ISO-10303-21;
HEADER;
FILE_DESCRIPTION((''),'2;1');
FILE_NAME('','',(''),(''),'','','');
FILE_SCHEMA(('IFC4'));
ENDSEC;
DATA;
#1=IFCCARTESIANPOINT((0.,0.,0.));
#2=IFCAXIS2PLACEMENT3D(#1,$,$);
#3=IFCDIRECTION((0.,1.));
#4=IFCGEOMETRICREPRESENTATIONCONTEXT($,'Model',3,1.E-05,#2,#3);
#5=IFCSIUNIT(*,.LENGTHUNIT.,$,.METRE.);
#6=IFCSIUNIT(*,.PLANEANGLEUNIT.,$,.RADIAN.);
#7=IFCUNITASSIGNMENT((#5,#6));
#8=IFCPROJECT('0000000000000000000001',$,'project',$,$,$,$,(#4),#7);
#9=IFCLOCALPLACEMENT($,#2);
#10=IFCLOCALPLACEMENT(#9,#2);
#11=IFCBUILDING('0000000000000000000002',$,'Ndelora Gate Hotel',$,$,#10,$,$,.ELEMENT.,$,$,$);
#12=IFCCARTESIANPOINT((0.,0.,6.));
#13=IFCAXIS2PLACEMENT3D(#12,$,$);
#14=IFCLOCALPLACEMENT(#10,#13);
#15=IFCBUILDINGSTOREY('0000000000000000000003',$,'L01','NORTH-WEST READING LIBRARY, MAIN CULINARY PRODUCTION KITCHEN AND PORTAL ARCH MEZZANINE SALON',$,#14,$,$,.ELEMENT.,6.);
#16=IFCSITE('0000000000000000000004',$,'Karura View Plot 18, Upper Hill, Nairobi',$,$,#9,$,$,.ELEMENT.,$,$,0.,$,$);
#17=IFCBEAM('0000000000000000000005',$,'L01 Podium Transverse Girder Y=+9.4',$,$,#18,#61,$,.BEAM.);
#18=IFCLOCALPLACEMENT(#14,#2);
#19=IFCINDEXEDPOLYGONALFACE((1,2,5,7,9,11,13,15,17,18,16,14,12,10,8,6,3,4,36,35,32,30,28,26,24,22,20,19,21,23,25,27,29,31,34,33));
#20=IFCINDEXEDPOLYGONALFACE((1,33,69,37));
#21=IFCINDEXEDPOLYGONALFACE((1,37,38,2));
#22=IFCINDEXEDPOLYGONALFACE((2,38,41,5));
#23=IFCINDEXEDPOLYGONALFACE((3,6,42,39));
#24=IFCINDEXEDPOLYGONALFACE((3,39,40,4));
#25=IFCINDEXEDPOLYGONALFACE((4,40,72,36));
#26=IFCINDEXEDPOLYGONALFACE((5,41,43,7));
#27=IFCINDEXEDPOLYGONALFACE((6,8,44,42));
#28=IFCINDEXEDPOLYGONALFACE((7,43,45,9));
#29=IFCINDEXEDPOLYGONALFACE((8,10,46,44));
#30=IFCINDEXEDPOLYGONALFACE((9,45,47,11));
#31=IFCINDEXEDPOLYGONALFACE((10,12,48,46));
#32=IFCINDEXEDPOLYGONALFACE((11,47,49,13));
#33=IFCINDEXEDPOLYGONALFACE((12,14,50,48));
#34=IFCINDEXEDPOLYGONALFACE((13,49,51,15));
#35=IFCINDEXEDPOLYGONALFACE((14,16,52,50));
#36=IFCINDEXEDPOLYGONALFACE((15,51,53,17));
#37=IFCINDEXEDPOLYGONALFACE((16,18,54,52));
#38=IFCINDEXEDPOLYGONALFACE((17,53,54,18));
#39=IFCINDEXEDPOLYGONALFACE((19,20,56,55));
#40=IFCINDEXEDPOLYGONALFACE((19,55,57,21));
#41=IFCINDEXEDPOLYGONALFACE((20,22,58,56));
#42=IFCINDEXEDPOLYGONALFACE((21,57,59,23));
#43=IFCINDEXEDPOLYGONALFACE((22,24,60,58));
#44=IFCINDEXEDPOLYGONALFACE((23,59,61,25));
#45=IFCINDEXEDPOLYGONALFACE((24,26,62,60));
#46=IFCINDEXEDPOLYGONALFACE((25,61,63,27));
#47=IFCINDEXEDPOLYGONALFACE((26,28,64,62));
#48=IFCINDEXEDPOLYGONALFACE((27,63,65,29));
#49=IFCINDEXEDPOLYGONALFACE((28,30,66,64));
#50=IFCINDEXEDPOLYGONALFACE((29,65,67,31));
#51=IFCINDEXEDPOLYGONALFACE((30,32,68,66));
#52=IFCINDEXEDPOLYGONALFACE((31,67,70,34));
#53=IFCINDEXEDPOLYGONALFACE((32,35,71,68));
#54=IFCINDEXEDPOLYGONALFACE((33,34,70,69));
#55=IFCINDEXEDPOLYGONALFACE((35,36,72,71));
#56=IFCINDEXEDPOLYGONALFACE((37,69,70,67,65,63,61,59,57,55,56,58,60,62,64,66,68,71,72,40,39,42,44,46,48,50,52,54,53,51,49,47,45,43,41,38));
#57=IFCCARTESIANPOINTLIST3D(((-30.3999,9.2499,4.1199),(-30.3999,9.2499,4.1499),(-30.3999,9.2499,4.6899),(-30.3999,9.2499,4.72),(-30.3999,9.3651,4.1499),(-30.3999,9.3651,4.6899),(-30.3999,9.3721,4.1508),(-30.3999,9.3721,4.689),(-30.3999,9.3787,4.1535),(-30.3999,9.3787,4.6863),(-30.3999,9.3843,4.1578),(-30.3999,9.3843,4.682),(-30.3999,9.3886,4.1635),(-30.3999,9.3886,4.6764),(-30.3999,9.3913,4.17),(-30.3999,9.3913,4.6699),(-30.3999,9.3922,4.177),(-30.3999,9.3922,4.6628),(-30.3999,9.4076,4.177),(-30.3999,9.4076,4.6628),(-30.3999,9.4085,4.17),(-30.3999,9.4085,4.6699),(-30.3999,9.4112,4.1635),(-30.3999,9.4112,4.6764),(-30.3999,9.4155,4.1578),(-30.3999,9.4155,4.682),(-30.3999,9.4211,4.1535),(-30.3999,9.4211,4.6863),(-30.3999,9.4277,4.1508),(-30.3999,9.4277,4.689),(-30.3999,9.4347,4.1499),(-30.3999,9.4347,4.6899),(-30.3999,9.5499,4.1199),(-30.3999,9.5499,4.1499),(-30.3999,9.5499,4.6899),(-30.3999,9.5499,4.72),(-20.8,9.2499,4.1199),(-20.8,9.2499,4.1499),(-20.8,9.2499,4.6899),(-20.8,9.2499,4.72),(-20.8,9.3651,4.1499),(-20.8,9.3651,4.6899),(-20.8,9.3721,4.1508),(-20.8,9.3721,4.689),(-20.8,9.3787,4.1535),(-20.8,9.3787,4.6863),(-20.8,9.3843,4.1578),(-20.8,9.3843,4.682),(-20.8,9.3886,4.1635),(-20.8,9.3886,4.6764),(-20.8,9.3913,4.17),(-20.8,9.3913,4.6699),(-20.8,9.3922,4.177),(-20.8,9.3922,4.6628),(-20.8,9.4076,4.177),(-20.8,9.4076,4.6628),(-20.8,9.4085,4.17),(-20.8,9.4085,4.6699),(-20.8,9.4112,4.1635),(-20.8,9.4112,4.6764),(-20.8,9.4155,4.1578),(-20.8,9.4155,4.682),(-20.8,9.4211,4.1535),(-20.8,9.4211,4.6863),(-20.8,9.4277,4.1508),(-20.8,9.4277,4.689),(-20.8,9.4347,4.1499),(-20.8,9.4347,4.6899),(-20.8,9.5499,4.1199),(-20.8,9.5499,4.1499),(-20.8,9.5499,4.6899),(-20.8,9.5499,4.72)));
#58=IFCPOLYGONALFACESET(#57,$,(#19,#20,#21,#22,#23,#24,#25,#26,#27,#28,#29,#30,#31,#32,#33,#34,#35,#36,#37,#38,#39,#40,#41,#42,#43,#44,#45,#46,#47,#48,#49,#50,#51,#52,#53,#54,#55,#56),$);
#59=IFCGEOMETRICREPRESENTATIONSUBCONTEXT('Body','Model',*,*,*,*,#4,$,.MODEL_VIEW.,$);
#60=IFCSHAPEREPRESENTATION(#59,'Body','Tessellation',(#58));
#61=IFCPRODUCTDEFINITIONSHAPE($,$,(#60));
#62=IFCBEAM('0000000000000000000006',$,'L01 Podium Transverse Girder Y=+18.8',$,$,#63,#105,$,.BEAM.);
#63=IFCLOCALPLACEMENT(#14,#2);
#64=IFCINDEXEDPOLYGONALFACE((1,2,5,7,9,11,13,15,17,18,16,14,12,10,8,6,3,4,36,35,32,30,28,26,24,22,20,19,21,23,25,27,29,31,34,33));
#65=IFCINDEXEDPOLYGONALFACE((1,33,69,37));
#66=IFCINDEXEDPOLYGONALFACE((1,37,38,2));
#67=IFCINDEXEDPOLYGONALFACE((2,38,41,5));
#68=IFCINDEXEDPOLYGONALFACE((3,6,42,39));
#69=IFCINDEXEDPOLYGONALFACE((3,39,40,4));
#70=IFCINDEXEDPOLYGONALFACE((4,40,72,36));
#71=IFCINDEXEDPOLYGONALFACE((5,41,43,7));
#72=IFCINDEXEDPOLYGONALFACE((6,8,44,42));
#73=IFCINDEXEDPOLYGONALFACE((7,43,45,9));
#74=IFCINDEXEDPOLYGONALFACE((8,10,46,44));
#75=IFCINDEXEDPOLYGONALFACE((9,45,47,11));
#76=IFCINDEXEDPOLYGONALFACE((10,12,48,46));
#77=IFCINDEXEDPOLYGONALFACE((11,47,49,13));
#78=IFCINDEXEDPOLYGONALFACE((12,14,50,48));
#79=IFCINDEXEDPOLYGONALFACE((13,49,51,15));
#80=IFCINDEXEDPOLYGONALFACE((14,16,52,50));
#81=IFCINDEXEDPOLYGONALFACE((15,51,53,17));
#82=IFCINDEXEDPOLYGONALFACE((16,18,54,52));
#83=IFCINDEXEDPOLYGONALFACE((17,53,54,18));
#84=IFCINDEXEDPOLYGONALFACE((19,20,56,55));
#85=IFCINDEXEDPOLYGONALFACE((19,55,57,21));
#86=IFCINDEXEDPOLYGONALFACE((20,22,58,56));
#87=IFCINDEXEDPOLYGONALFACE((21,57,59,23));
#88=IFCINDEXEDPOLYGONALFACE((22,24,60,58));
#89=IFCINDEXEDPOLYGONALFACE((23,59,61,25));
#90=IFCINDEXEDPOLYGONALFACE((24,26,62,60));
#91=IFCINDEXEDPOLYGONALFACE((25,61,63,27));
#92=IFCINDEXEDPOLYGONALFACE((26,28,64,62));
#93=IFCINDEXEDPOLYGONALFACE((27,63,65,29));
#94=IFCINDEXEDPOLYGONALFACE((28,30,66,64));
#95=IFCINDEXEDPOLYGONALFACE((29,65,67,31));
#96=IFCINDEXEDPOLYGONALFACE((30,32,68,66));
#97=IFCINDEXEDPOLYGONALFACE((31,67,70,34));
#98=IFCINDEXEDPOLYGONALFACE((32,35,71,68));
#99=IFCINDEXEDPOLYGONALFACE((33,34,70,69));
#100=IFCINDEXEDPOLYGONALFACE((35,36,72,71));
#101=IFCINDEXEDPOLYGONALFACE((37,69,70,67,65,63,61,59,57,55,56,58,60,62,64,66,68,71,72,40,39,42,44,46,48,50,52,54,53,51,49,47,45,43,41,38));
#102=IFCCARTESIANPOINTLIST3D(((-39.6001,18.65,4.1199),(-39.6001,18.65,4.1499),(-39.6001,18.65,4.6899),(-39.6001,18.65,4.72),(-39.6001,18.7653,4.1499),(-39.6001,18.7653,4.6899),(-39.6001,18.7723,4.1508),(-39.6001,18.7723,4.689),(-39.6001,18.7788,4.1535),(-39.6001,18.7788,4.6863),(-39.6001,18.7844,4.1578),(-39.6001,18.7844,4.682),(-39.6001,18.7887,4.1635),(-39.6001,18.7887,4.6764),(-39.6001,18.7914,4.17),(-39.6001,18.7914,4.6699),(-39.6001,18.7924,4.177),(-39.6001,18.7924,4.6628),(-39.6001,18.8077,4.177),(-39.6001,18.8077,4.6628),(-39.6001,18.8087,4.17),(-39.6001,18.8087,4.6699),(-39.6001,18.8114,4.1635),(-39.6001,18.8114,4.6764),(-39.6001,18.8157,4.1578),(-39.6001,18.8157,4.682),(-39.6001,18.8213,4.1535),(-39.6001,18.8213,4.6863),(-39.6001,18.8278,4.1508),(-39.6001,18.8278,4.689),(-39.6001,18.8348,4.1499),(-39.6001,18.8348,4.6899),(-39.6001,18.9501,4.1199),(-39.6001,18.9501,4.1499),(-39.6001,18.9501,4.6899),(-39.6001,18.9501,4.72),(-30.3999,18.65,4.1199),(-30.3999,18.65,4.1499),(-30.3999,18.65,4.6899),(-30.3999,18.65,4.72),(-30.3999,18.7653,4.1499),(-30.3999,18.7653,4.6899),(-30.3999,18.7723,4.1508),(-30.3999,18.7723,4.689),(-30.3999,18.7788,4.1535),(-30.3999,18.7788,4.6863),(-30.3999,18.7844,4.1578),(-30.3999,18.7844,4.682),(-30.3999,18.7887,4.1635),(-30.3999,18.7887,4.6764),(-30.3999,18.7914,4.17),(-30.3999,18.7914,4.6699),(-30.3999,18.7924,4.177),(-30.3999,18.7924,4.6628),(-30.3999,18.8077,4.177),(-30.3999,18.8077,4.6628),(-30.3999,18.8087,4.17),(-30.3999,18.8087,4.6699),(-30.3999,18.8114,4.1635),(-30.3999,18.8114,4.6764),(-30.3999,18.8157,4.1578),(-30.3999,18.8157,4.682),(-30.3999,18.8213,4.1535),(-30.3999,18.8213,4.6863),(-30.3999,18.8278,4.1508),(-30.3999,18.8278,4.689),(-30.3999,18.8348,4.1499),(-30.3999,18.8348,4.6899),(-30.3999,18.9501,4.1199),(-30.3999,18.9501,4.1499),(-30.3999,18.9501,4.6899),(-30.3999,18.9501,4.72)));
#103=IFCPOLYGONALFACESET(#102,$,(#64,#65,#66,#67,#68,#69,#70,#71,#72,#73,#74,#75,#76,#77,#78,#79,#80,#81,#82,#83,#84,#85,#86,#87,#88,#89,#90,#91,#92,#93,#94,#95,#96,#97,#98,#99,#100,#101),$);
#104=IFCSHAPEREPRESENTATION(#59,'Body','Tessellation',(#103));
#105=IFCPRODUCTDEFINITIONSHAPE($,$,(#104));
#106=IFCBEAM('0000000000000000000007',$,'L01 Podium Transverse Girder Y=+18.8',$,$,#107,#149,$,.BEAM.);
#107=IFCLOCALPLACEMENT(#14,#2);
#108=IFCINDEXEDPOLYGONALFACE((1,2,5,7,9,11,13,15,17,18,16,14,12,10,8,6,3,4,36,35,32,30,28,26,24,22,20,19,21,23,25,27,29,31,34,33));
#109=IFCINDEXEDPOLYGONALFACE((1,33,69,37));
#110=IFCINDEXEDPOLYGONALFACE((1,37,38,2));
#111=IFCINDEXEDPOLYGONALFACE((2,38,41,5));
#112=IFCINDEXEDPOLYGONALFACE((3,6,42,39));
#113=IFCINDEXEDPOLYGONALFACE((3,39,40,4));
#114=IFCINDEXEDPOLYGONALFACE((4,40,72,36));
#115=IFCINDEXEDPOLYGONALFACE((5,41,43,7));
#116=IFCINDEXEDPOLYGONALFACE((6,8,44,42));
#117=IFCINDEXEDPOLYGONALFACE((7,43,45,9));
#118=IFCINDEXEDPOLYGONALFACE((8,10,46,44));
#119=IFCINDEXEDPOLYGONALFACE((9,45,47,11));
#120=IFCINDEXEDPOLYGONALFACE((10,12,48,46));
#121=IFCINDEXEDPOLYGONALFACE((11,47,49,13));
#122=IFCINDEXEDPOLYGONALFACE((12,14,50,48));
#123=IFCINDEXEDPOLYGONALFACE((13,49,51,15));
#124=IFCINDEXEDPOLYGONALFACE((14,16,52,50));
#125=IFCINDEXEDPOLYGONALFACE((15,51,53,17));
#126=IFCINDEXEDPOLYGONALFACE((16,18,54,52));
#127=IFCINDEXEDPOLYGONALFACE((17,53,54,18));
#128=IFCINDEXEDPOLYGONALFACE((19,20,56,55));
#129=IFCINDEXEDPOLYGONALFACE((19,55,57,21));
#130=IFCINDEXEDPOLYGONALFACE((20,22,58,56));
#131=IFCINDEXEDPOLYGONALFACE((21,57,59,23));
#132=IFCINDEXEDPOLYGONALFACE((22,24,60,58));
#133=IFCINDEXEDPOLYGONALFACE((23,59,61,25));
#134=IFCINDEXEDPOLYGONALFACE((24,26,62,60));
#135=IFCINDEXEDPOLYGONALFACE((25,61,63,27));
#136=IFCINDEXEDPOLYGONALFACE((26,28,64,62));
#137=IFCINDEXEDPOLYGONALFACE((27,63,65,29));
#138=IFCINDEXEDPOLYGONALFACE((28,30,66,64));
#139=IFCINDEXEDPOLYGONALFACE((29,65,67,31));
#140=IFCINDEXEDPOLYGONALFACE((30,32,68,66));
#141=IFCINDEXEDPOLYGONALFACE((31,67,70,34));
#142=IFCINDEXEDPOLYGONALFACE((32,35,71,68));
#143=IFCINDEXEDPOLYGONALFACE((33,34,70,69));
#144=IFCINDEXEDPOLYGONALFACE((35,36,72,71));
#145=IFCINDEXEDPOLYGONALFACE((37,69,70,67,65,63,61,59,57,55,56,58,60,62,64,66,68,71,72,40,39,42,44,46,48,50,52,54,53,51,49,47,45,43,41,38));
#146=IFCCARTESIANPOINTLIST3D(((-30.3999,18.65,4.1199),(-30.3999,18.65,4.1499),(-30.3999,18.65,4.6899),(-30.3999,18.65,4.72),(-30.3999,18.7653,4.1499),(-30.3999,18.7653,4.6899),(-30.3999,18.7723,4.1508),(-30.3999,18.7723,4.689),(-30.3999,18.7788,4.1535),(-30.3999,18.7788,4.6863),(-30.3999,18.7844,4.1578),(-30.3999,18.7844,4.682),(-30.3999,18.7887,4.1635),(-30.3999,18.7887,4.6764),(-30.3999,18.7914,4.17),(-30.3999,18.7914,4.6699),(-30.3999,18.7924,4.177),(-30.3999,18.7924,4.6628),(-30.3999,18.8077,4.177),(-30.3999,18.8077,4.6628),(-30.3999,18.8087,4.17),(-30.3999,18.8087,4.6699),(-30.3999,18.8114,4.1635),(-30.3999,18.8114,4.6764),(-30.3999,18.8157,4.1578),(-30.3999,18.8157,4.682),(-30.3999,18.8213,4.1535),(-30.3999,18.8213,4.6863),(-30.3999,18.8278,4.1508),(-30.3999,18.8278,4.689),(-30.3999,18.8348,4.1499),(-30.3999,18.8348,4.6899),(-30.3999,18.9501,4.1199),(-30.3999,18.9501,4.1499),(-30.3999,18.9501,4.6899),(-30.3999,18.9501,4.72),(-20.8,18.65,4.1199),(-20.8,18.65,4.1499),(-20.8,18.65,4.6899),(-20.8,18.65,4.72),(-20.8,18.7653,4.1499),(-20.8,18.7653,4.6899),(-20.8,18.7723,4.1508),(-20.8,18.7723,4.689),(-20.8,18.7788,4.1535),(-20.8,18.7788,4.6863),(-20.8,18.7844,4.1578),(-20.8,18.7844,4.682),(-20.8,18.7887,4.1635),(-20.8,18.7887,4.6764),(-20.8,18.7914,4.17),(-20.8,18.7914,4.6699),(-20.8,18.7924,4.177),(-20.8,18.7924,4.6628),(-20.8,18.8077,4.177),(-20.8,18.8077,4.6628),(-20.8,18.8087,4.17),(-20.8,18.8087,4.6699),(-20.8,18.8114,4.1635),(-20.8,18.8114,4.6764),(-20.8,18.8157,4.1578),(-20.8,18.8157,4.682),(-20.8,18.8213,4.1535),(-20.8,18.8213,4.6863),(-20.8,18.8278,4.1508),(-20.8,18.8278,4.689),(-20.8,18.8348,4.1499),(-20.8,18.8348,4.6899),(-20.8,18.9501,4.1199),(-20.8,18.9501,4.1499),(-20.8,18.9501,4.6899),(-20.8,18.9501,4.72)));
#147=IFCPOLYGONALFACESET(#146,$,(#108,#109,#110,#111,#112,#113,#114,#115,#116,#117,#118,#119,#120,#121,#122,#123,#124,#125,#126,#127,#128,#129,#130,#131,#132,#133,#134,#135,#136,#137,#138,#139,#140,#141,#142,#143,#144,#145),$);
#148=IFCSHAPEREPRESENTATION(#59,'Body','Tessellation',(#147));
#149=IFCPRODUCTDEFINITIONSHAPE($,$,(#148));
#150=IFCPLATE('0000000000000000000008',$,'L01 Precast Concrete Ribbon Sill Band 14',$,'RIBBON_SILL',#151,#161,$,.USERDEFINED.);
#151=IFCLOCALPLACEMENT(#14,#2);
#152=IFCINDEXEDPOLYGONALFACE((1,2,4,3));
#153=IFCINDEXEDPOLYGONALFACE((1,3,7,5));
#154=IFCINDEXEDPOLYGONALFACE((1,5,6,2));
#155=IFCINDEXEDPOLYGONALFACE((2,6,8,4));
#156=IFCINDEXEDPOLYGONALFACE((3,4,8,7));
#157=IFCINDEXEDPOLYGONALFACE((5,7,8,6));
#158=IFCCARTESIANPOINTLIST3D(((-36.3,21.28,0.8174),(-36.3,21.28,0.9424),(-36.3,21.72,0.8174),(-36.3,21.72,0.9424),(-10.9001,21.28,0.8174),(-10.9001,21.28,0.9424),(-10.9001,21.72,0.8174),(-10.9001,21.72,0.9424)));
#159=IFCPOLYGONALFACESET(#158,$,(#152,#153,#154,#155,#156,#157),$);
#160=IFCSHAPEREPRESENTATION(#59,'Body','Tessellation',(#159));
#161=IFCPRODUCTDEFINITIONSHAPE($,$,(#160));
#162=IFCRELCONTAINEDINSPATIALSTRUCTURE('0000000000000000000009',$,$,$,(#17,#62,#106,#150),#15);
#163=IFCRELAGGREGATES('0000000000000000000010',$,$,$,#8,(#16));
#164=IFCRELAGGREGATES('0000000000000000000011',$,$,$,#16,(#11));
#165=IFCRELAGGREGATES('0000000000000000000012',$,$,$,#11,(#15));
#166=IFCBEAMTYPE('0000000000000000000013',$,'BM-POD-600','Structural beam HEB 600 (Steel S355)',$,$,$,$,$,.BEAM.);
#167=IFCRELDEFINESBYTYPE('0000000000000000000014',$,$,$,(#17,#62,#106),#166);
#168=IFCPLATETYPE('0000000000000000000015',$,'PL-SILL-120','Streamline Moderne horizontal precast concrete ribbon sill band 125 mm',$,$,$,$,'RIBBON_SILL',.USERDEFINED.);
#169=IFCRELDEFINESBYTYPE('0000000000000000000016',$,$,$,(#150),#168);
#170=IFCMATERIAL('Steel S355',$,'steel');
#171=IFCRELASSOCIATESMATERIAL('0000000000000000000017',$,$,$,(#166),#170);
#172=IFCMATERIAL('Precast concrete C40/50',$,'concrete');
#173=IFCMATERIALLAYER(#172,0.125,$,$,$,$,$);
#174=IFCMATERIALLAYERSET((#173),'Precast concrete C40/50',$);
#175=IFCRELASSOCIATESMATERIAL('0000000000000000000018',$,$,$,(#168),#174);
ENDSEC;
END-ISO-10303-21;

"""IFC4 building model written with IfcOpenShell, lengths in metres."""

from ifc_helpers import new_model, si_unit, direction, frame, origin, origin_2d, place, context, subcontext, project, spatial, rectangle, i_section, extrude, material, layer, layer_set, material_profile, profile_set, type_object, element, save


model = new_model("IFC4")

# Units and contexts
model_context = context("Model", 3, precision=1e-05, world=origin(), true_north=direction((0.0, 1.0)))
body_context = subcontext(model_context, "Body", "Model", "MODEL_VIEW")
ifc_project = project(units=[si_unit("LENGTHUNIT", "METRE"), si_unit("PLANEANGLEUNIT", "RADIAN")], contexts=[model_context])

# Site, building, storey
site_placement = place(None, origin())
site = spatial("IfcSite", under=ifc_project, at=site_placement, Name="Karura View Plot 18, Upper Hill, Nairobi", CompositionType="ELEMENT", RefElevation=0.0)
building_placement = place(site_placement, origin())
building = spatial("IfcBuilding", under=site, at=building_placement, Name="Ndelora Gate Hotel", CompositionType="ELEMENT")
storey_placement = place(building_placement, frame((0.0, 0.0, 6.0)))
storey = spatial("IfcBuildingStorey", under=building, at=storey_placement, Name="L01", Description="NORTH-WEST READING LIBRARY, MAIN CULINARY PRODUCTION KITCHEN AND PORTAL ARCH MEZZANINE SALON", CompositionType="ELEMENT", Elevation=6.0)

# Beams
ifc_material_1 = material(Name="Steel S355", Category="steel")
ifc_material_profile_1 = material_profile(ifc_material_1, i_section(OverallWidth=0.3, OverallDepth=0.6001, WebThickness=0.0154, FlangeThickness=0.03, FilletRadius=0.0271, at=origin_2d()), Name="HEB 600")
ifc_profile_set_1 = profile_set([ifc_material_profile_1], Name="Steel S355")
beam_type_1 = type_object("IfcBeamType", Name="BM-POD-600", Description="Structural beam HEB 600 (Steel S355)", PredefinedType="BEAM", material=ifc_profile_set_1)
beam_1_placement = place(storey_placement, frame((-30.3999, 9.3999, 4.4199), z_axis=(1.0, 0.0, 0.0), x_axis=(0.0, 1.0, 0.0)))
element("IfcBeam", 1, at=beam_1_placement, inside=storey, type_object=beam_type_1, Name="L01 Podium Transverse Girder Y=+9.4", PredefinedType="BEAM", context=body_context, shape_type="SweptSolid", body=[
    extrude(i_section(OverallWidth=0.3, OverallDepth=0.6001, WebThickness=0.0154, FlangeThickness=0.03, FilletRadius=0.0271, at=origin_2d()), origin(), (0.0, 0.0, 1.0), 9.5999),
])
beam_2_placement = place(storey_placement, frame((-39.6001, 18.8, 4.4199), z_axis=(1.0, 0.0, 0.0), x_axis=(0.0, 1.0, 0.0)))
element("IfcBeam", 2, at=beam_2_placement, inside=storey, type_object=beam_type_1, Name="L01 Podium Transverse Girder Y=+18.8", PredefinedType="BEAM", context=body_context, shape_type="SweptSolid", body=[
    extrude(i_section(OverallWidth=0.3, OverallDepth=0.6001, WebThickness=0.0154, FlangeThickness=0.03, FilletRadius=0.0271, at=origin_2d()), origin(), (0.0, 0.0, 1.0), 9.2002),
])
beam_3_placement = place(storey_placement, frame((-30.3999, 18.8, 4.4199), z_axis=(1.0, 0.0, 0.0), x_axis=(0.0, 1.0, 0.0)))
element("IfcBeam", 3, at=beam_3_placement, inside=storey, type_object=beam_type_1, Name="L01 Podium Transverse Girder Y=+18.8", PredefinedType="BEAM", context=body_context, shape_type="SweptSolid", body=[
    extrude(i_section(OverallWidth=0.3, OverallDepth=0.6001, WebThickness=0.0154, FlangeThickness=0.03, FilletRadius=0.0271, at=origin_2d()), origin(), (0.0, 0.0, 1.0), 9.5999),
])

# Plate
ifc_material_2 = material(Name="Precast concrete C40/50", Category="concrete")
ifc_layer_1 = layer(ifc_material_2, 0.125)
ifc_layer_set_1 = layer_set([ifc_layer_1], Name="Precast concrete C40/50")
plate_type = type_object("IfcPlateType", Name="PL-SILL-120", Description="Streamline Moderne horizontal precast concrete ribbon sill band 125 mm", ElementType="RIBBON_SILL", PredefinedType="USERDEFINED", material=ifc_layer_set_1)
plate_placement = place(storey_placement, frame((-23.6001, 21.5, 0.8174), z_axis=(0.0, 0.0, 1.0), x_axis=(1.0, 0.0, 0.0)))
element("IfcPlate", 4, at=plate_placement, inside=storey, type_object=plate_type, Name="L01 Precast Concrete Ribbon Sill Band 14", ObjectType="RIBBON_SILL", PredefinedType="USERDEFINED", context=body_context, shape_type="SweptSolid", body=[
    extrude(rectangle(XDim=25.3999, YDim=0.4399, at=origin_2d()), origin(), (0.0, 0.0, 1.0), 0.125),
])

save(model, "model.ifc")
